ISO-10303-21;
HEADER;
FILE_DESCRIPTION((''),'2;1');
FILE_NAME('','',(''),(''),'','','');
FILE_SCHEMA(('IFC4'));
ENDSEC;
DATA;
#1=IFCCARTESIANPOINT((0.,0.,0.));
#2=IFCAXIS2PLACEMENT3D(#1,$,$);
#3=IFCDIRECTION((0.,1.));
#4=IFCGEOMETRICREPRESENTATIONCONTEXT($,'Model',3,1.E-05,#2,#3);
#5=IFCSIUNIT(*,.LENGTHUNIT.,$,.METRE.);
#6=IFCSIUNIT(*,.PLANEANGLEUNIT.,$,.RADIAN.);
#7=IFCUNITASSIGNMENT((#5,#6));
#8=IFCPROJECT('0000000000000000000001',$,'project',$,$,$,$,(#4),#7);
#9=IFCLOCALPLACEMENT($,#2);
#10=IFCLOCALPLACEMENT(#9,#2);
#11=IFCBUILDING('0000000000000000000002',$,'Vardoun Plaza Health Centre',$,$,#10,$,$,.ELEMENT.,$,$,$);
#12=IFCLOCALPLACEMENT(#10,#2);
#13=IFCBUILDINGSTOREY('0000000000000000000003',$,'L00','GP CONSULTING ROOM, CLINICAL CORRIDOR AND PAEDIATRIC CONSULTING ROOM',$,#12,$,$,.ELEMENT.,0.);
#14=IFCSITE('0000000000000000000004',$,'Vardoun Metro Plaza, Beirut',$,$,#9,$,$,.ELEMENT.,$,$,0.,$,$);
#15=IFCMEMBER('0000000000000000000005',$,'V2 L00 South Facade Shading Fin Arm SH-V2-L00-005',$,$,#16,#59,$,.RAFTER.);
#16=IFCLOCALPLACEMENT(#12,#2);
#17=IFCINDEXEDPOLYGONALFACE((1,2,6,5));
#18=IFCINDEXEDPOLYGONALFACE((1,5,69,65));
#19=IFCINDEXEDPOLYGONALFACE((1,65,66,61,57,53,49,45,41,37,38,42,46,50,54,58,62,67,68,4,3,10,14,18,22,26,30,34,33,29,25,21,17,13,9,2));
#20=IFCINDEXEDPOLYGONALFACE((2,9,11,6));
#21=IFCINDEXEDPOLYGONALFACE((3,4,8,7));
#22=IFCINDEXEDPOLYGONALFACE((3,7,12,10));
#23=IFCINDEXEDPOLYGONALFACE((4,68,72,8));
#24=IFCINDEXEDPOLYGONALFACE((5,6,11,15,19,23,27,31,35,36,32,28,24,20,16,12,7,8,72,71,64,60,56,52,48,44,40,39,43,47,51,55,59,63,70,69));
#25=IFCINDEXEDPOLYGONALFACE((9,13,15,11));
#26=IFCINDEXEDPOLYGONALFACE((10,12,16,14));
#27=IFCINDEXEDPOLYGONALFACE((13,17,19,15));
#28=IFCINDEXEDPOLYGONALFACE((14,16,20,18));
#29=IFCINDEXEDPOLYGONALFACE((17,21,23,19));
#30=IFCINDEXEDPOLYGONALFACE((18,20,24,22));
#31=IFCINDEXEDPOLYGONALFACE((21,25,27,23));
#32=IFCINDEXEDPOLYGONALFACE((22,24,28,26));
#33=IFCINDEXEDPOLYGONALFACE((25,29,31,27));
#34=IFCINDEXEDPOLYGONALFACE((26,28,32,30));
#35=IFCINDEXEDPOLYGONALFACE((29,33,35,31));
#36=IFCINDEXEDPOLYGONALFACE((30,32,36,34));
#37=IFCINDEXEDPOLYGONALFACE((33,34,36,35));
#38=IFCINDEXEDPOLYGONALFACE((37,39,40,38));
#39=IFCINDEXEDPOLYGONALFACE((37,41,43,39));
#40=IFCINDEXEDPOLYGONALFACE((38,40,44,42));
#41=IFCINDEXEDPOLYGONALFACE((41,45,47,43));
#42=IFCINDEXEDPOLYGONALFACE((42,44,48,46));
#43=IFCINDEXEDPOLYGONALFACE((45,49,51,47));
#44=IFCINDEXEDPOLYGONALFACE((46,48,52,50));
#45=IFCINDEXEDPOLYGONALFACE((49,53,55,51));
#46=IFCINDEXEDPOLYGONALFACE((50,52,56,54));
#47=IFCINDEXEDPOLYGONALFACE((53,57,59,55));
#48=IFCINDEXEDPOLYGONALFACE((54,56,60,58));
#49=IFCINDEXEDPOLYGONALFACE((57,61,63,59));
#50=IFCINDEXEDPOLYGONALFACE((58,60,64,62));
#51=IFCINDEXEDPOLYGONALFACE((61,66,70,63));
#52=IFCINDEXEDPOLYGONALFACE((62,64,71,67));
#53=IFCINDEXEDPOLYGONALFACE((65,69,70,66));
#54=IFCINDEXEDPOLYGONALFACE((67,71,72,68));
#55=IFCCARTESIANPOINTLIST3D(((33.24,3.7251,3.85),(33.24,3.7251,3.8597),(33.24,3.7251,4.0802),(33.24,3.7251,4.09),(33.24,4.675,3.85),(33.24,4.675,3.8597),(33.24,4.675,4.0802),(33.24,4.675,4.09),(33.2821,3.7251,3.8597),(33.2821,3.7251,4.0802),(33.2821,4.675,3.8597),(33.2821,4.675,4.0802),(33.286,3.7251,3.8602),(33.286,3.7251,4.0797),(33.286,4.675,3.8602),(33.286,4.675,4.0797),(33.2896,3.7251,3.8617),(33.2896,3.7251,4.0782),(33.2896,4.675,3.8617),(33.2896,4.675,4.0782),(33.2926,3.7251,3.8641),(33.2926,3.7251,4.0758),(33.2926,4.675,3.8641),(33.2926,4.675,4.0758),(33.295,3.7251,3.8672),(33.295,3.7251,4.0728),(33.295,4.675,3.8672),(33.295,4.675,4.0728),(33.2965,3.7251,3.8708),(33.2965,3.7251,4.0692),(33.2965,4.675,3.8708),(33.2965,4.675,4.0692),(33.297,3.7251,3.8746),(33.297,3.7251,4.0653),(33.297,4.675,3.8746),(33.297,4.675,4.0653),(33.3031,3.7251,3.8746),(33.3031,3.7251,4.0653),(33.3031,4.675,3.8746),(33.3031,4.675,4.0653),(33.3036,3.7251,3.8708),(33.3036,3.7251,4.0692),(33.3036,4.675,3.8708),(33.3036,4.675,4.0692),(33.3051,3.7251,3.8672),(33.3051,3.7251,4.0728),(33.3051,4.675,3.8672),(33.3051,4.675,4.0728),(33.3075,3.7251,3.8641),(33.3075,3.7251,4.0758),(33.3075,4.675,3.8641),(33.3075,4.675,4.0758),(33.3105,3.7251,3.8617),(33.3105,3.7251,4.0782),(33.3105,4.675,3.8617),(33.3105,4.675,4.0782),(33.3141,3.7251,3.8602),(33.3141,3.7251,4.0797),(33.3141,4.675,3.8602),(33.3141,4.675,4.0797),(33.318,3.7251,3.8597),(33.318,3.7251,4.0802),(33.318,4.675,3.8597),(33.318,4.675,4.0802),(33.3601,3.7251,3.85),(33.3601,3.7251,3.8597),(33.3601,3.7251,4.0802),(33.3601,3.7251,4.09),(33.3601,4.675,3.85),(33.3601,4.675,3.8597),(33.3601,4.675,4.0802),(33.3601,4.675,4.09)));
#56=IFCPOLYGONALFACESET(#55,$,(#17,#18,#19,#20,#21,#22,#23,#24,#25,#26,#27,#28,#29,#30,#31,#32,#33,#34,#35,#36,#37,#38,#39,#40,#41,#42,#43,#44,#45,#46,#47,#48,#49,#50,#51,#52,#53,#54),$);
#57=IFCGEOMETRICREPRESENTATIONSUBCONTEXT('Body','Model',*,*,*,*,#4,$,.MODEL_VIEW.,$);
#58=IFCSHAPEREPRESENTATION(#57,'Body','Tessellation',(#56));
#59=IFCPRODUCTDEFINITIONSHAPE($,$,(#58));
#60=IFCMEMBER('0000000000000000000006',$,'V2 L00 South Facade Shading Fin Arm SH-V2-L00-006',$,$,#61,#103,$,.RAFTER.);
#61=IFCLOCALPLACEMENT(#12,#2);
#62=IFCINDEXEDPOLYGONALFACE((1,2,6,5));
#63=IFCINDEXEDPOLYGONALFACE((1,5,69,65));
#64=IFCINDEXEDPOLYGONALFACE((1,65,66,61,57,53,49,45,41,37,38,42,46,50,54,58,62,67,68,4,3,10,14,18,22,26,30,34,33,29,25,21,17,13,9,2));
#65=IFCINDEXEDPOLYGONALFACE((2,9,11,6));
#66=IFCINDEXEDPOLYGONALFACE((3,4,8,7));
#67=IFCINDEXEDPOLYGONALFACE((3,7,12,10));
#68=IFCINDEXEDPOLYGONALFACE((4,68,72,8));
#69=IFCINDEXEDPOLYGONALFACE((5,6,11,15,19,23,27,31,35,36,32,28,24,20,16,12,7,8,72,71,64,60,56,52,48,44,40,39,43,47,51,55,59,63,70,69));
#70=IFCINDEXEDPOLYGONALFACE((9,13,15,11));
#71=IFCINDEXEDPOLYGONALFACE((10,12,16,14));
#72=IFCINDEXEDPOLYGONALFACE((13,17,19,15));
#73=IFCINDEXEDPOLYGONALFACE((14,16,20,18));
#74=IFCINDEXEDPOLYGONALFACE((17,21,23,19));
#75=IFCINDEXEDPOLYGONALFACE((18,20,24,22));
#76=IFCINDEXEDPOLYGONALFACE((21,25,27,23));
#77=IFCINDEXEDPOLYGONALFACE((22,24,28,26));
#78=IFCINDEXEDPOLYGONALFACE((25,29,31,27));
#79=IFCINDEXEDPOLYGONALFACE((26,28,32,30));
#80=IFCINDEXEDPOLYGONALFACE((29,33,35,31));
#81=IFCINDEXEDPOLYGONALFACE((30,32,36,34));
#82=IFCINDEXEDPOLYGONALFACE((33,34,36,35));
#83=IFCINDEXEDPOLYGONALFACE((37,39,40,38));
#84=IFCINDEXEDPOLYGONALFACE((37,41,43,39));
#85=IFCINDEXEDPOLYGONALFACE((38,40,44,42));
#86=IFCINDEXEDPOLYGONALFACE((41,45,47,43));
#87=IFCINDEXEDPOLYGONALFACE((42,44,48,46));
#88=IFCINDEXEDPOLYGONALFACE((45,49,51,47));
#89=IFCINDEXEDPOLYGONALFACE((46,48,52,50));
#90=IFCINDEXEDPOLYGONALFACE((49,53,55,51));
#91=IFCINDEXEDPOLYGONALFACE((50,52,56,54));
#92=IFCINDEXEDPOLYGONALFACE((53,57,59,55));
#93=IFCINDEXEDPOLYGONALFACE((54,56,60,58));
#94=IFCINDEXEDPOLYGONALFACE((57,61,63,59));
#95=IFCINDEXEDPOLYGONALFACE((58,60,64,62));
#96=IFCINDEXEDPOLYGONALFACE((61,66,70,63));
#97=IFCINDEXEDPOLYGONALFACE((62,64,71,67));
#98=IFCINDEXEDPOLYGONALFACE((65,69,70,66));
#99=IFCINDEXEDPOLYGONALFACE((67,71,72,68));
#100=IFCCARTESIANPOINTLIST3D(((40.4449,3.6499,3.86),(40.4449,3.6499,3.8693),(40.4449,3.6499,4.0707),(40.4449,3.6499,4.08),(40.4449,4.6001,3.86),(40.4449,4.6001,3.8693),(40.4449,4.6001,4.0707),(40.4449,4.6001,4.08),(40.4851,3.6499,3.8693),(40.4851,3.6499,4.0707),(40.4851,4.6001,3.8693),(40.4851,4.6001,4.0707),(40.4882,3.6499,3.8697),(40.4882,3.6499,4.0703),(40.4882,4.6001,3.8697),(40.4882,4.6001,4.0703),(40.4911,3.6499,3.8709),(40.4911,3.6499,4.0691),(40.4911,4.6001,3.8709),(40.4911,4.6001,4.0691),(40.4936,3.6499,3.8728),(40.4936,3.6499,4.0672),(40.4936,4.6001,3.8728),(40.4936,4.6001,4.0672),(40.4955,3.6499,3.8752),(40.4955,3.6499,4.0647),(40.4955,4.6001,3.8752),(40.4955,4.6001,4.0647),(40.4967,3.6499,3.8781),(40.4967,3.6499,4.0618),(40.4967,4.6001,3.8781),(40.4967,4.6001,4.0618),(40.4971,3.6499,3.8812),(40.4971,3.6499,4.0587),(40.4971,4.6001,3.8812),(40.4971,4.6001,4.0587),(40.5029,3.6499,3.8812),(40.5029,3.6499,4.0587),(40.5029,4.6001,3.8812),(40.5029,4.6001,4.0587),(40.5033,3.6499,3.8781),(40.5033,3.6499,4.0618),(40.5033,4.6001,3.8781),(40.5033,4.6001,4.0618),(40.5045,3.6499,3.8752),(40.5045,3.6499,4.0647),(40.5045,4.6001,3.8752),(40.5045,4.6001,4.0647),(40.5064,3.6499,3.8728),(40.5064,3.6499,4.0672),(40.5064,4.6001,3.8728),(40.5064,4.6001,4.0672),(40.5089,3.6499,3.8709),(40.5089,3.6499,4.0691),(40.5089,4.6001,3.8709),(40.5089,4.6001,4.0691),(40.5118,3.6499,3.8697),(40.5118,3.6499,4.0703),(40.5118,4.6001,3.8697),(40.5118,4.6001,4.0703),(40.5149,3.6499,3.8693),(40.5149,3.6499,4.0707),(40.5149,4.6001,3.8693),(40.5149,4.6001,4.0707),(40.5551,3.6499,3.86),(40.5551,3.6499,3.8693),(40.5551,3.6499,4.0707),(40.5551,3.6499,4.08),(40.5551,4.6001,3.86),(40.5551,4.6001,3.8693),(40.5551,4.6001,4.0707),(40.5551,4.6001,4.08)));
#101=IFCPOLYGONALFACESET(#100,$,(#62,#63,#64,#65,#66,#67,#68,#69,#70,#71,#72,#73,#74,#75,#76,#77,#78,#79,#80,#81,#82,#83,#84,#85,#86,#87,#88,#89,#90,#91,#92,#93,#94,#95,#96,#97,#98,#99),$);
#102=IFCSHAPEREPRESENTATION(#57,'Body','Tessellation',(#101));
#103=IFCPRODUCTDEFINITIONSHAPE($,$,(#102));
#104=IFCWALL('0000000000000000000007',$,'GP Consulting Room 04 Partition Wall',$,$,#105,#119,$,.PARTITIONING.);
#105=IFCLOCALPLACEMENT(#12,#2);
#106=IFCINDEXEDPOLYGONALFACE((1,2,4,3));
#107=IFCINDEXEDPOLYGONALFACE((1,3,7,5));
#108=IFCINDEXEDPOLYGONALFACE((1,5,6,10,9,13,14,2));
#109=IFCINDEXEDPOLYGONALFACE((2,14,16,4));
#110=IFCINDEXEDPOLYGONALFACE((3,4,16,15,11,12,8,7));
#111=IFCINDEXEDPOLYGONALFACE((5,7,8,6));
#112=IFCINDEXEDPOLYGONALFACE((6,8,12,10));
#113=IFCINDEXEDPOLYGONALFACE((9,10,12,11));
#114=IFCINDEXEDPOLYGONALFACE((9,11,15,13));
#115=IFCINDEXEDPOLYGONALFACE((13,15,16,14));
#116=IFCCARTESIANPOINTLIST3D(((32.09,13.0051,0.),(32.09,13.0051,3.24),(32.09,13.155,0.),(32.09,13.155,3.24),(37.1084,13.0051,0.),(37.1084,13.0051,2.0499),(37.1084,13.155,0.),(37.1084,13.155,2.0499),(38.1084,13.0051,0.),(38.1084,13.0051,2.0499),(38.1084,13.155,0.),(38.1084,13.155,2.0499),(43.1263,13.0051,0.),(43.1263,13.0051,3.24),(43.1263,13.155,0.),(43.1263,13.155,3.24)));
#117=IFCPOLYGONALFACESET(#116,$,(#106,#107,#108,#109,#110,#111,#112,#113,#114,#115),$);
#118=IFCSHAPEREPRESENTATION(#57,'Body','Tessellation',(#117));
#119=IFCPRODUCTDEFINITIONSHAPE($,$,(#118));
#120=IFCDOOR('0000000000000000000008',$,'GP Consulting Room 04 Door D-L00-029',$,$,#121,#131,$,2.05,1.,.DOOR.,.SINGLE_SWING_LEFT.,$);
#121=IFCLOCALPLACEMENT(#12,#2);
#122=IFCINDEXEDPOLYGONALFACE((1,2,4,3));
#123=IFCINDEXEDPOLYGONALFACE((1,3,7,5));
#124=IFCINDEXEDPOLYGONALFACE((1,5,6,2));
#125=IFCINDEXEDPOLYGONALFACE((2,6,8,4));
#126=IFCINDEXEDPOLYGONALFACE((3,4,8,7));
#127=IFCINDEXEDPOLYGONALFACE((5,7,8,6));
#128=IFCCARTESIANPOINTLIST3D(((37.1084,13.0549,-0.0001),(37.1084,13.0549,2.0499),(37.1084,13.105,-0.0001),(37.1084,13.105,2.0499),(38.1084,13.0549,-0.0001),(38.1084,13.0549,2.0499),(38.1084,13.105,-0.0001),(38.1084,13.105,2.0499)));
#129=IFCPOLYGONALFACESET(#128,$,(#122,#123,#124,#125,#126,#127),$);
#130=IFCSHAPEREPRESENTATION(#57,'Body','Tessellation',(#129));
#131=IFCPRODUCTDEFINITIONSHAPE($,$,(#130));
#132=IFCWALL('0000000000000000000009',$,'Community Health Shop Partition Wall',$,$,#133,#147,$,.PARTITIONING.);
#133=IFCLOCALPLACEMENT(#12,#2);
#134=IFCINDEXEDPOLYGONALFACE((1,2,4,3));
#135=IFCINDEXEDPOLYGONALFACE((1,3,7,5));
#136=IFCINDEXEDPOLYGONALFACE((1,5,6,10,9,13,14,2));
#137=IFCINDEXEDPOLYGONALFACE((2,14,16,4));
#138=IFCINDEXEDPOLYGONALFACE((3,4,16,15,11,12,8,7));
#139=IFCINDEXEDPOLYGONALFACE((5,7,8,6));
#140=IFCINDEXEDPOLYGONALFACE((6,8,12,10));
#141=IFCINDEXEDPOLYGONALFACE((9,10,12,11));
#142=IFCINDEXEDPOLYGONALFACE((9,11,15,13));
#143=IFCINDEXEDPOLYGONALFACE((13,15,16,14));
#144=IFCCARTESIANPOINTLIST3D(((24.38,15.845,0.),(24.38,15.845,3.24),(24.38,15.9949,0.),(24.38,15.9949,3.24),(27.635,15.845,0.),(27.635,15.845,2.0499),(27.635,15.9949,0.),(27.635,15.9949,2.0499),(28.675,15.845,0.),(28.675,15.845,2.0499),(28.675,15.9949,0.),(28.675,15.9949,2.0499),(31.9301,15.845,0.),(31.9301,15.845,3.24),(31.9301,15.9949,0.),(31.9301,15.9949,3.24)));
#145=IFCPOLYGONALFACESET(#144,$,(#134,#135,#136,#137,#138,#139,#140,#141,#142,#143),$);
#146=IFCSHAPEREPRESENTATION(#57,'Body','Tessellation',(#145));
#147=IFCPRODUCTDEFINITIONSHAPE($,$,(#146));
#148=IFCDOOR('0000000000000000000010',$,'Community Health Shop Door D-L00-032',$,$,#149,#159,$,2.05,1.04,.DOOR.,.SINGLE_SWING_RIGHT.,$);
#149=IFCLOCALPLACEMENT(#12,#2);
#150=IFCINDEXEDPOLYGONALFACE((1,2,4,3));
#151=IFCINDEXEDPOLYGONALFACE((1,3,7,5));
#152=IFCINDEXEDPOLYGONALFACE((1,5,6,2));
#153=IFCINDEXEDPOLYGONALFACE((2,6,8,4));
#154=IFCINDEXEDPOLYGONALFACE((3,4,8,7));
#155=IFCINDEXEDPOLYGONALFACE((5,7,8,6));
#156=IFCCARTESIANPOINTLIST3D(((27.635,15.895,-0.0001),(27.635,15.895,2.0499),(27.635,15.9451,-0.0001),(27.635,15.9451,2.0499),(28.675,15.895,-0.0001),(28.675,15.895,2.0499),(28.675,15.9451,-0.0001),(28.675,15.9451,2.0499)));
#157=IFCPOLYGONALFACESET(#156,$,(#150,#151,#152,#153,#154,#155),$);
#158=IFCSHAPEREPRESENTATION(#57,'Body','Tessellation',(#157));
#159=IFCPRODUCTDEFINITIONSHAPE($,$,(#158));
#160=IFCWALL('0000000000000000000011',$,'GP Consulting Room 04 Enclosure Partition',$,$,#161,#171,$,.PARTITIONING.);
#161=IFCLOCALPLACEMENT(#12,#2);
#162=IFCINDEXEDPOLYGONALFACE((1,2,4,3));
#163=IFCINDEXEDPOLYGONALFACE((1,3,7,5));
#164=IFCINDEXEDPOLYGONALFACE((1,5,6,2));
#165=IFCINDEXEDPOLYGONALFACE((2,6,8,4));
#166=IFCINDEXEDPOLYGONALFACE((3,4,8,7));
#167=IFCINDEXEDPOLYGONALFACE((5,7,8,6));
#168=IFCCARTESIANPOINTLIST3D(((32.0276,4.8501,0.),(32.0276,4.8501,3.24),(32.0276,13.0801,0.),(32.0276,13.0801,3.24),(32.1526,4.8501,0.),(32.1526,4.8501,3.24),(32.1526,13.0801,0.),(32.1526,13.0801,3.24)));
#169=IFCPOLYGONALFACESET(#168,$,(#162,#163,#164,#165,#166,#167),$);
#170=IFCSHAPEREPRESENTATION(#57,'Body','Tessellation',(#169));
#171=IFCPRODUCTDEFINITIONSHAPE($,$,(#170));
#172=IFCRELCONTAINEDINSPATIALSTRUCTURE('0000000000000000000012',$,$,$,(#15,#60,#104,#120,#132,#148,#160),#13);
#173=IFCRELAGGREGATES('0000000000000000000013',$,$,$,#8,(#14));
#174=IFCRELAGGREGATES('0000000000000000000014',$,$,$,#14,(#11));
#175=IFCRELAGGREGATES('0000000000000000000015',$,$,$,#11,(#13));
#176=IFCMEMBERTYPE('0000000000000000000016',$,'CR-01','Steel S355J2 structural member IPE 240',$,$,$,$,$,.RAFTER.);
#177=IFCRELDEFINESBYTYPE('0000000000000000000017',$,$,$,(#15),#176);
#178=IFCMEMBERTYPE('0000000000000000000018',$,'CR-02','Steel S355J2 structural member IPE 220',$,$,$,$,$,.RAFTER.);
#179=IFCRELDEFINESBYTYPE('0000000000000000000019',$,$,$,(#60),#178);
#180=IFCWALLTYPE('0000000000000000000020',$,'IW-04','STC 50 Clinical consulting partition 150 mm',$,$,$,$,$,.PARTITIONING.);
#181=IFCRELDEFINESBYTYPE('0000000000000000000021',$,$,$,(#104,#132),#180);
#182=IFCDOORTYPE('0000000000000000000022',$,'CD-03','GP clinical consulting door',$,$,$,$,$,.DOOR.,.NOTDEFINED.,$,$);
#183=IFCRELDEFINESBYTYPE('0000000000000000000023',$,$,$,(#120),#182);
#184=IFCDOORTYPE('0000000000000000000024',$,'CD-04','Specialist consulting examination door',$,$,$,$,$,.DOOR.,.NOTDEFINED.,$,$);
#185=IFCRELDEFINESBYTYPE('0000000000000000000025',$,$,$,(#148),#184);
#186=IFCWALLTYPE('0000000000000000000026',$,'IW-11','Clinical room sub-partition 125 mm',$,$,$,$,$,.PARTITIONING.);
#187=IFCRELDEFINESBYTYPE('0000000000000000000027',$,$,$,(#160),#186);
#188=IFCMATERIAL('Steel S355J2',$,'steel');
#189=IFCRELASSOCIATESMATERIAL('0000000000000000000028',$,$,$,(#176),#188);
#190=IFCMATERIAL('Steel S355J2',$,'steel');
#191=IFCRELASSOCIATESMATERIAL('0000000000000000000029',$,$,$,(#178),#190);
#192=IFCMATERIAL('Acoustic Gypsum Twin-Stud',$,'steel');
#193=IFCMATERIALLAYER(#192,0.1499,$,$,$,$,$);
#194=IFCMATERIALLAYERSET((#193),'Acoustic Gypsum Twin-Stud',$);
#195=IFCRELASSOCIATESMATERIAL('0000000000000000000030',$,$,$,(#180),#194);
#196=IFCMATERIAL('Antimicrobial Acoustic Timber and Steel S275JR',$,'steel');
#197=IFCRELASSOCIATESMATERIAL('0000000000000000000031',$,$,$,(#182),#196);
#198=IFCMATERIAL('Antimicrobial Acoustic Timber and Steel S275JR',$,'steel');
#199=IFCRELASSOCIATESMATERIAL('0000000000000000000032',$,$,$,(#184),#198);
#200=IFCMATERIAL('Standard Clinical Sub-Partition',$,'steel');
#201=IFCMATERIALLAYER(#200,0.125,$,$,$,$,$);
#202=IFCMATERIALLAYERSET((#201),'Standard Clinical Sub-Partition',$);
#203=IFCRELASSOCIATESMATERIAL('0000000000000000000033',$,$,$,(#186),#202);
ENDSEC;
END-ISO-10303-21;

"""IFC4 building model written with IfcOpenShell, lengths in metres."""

from ifc_helpers import new_model, si_unit, direction, frame, frame_2d, origin, origin_2d, place, context, subcontext, project, spatial, rectangle, i_section, extrude, material, layer, layer_set, material_profile, profile_set, type_object, element, fill, save


model = new_model("IFC4")

# Units and contexts
model_context = context("Model", 3, precision=1e-05, world=origin(), true_north=direction((0.0, 1.0)))
body_context = subcontext(model_context, "Body", "Model", "MODEL_VIEW")
ifc_project = project(units=[si_unit("LENGTHUNIT", "METRE"), si_unit("PLANEANGLEUNIT", "RADIAN")], contexts=[model_context])

# Site, building, storey
site_placement = place(None, origin())
site = spatial("IfcSite", under=ifc_project, at=site_placement, Name="Vardoun Metro Plaza, Beirut", CompositionType="ELEMENT", RefElevation=0.0)
building_placement = place(site_placement, origin())
building = spatial("IfcBuilding", under=site, at=building_placement, Name="Vardoun Plaza Health Centre", CompositionType="ELEMENT")
storey_placement = place(building_placement, origin())
storey = spatial("IfcBuildingStorey", under=building, at=storey_placement, Name="L00", Description="GP CONSULTING ROOM, CLINICAL CORRIDOR AND PAEDIATRIC CONSULTING ROOM", CompositionType="ELEMENT", Elevation=0.0)

# Members
ifc_material_1 = material(Name="Steel S355J2", Category="steel")
ifc_material_profile_1 = material_profile(ifc_material_1, i_section(OverallWidth=0.1201, OverallDepth=0.24, WebThickness=0.0061, FlangeThickness=0.0098, FilletRadius=0.0149, at=origin_2d()), Name="IPE 240")
ifc_profile_set_1 = profile_set([ifc_material_profile_1], Name="Steel S355J2")
member_type_1 = type_object("IfcMemberType", Name="CR-01", Description="Steel S355J2 structural member IPE 240", PredefinedType="RAFTER", material=ifc_profile_set_1)
member_1_placement = place(storey_placement, frame((33.3, 4.675, 3.97), z_axis=(0.0, -1.0, 0.0), x_axis=(1.0, 0.0, 0.0)))
element("IfcMember", 1, at=member_1_placement, inside=storey, type_object=member_type_1, Name="V2 L00 South Facade Shading Fin Arm SH-V2-L00-005", PredefinedType="RAFTER", context=body_context, shape_type="SweptSolid", body=[
    extrude(i_section(OverallWidth=0.1201, OverallDepth=0.24, WebThickness=0.0061, FlangeThickness=0.0098, FilletRadius=0.0149, at=origin_2d()), origin(), (0.0, 0.0, 1.0), 0.95),
])
ifc_material_2 = material(Name="Steel S355J2", Category="steel")
ifc_material_profile_2 = material_profile(ifc_material_2, i_section(OverallWidth=0.1101, OverallDepth=0.22, WebThickness=0.0059, FlangeThickness=0.0093, FilletRadius=0.012, at=origin_2d()), Name="IPE 220")
ifc_profile_set_2 = profile_set([ifc_material_profile_2], Name="Steel S355J2")
member_type_2 = type_object("IfcMemberType", Name="CR-02", Description="Steel S355J2 structural member IPE 220", PredefinedType="RAFTER", material=ifc_profile_set_2)
member_2_placement = place(storey_placement, frame((40.5, 4.6001, 3.97), z_axis=(0.0, -1.0, 0.0), x_axis=(1.0, 0.0, 0.0)))
element("IfcMember", 2, at=member_2_placement, inside=storey, type_object=member_type_2, Name="V2 L00 South Facade Shading Fin Arm SH-V2-L00-006", PredefinedType="RAFTER", context=body_context, shape_type="SweptSolid", body=[
    extrude(i_section(OverallWidth=0.1101, OverallDepth=0.22, WebThickness=0.0059, FlangeThickness=0.0093, FilletRadius=0.012, at=origin_2d()), origin(), (0.0, 0.0, 1.0), 0.9502),
])

# Walls, openings, doors
ifc_material_3 = material(Name="Acoustic Gypsum Twin-Stud", Category="steel")
ifc_layer_1 = layer(ifc_material_3, 0.1499)
ifc_layer_set_1 = layer_set([ifc_layer_1], Name="Acoustic Gypsum Twin-Stud")
wall_type_1 = type_object("IfcWallType", Name="IW-04", Description="STC 50 Clinical consulting partition 150 mm", PredefinedType="PARTITIONING", material=ifc_layer_set_1)
wall_1_placement = place(storey_placement, frame((32.0901, 13.0801, 0.0), z_axis=(0.0, 0.0, 1.0), x_axis=(1.0, 0.0, 0.0)))
wall_1 = element("IfcWall", 3, at=wall_1_placement, inside=storey, type_object=wall_type_1, Name="GP Consulting Room 04 Partition Wall", PredefinedType="PARTITIONING", context=body_context, shape_type="SweptSolid", body=[
    extrude(rectangle(XDim=11.0364, YDim=0.1499, at=frame_2d((5.5181, 0.0))), origin(), (0.0, 0.0, 1.0), 3.24),
])
opening_1_placement = place(wall_1_placement, frame((5.0183, 0.0, 0.0)))
opening_1 = element("IfcOpeningElement", 4, at=opening_1_placement, cuts=wall_1, PredefinedType="OPENING", context=body_context, shape_type="SweptSolid", body=[
    extrude(rectangle(XDim=1.0, YDim=2.05, at=frame_2d((0.5, 1.0249))), frame((0.0, 0.075, 0.0), z_axis=(0.0, -1.0, 0.0), x_axis=(1.0, 0.0, 0.0)), (0.0, 0.0, 1.0), 0.1499),
])
ifc_material_4 = material(Name="Antimicrobial Acoustic Timber and Steel S275JR", Category="steel")
door_type_1 = type_object("IfcDoorType", Name="CD-03", Description="GP clinical consulting door", OperationType="NOTDEFINED", PredefinedType="DOOR", material=ifc_material_4)
door_1_placement = place(opening_1_placement, origin())
door_1 = element("IfcDoor", 5, at=door_1_placement, inside=storey, type_object=door_type_1, Name="GP Consulting Room 04 Door D-L00-029", OperationType="SINGLE_SWING_LEFT", OverallHeight=2.05, OverallWidth=1.0, PredefinedType="DOOR", context=body_context, shape_type="SweptSolid", body=[
    extrude(rectangle(XDim=1.0, YDim=2.05, at=frame_2d((0.5, 1.0249))), frame((0.0, 0.0249, 0.0), z_axis=(0.0, -1.0, 0.0), x_axis=(1.0, 0.0, 0.0)), (0.0, 0.0, 1.0), 0.05),
])
fill(opening_1, door_1)
wall_2_placement = place(storey_placement, frame((31.9299, 15.9199, 0.0), z_axis=(0.0, 0.0, 1.0), x_axis=(-1.0, 0.0, 0.0)))
wall_2 = element("IfcWall", 6, at=wall_2_placement, inside=storey, type_object=wall_type_1, Name="Community Health Shop Partition Wall", PredefinedType="PARTITIONING", context=body_context, shape_type="SweptSolid", body=[
    extrude(rectangle(XDim=7.55, YDim=0.1499, at=frame_2d((3.7749, 0.0))), origin(), (0.0, 0.0, 1.0), 3.24),
])
opening_2_placement = place(wall_2_placement, frame((3.2549, 0.0, 0.0)))
opening_2 = element("IfcOpeningElement", 7, at=opening_2_placement, cuts=wall_2, PredefinedType="OPENING", context=body_context, shape_type="SweptSolid", body=[
    extrude(rectangle(XDim=1.04, YDim=2.05, at=frame_2d((0.52, 1.0249))), frame((0.0, 0.075, 0.0), z_axis=(0.0, -1.0, 0.0), x_axis=(1.0, 0.0, 0.0)), (0.0, 0.0, 1.0), 0.1499),
])
ifc_material_5 = material(Name="Antimicrobial Acoustic Timber and Steel S275JR", Category="steel")
door_type_2 = type_object("IfcDoorType", Name="CD-04", Description="Specialist consulting examination door", OperationType="NOTDEFINED", PredefinedType="DOOR", material=ifc_material_5)
door_2_placement = place(opening_2_placement, origin())
door_2 = element("IfcDoor", 8, at=door_2_placement, inside=storey, type_object=door_type_2, Name="Community Health Shop Door D-L00-032", OperationType="SINGLE_SWING_RIGHT", OverallHeight=2.05, OverallWidth=1.04, PredefinedType="DOOR", context=body_context, shape_type="SweptSolid", body=[
    extrude(rectangle(XDim=1.04, YDim=2.05, at=frame_2d((0.52, 1.0249))), frame((0.0, 0.0249, 0.0), z_axis=(0.0, -1.0, 0.0), x_axis=(1.0, 0.0, 0.0)), (0.0, 0.0, 1.0), 0.05),
])
fill(opening_2, door_2)

# Wall
ifc_material_6 = material(Name="Standard Clinical Sub-Partition", Category="steel")
ifc_layer_2 = layer(ifc_material_6, 0.125)
ifc_layer_set_2 = layer_set([ifc_layer_2], Name="Standard Clinical Sub-Partition")
wall_type_2 = type_object("IfcWallType", Name="IW-11", Description="Clinical room sub-partition 125 mm", PredefinedType="PARTITIONING", material=ifc_layer_set_2)
wall_3_placement = place(storey_placement, frame((32.0901, 4.8501, 0.0), z_axis=(0.0, 0.0, 1.0), x_axis=(0.0, 1.0, 0.0)))
element("IfcWall", 9, at=wall_3_placement, inside=storey, type_object=wall_type_2, Name="GP Consulting Room 04 Enclosure Partition", PredefinedType="PARTITIONING", context=body_context, shape_type="SweptSolid", body=[
    extrude(rectangle(XDim=8.23, YDim=0.125, at=frame_2d((4.115, 0.0))), origin(), (0.0, 0.0, 1.0), 3.24),
])

save(model, "model.ifc")
